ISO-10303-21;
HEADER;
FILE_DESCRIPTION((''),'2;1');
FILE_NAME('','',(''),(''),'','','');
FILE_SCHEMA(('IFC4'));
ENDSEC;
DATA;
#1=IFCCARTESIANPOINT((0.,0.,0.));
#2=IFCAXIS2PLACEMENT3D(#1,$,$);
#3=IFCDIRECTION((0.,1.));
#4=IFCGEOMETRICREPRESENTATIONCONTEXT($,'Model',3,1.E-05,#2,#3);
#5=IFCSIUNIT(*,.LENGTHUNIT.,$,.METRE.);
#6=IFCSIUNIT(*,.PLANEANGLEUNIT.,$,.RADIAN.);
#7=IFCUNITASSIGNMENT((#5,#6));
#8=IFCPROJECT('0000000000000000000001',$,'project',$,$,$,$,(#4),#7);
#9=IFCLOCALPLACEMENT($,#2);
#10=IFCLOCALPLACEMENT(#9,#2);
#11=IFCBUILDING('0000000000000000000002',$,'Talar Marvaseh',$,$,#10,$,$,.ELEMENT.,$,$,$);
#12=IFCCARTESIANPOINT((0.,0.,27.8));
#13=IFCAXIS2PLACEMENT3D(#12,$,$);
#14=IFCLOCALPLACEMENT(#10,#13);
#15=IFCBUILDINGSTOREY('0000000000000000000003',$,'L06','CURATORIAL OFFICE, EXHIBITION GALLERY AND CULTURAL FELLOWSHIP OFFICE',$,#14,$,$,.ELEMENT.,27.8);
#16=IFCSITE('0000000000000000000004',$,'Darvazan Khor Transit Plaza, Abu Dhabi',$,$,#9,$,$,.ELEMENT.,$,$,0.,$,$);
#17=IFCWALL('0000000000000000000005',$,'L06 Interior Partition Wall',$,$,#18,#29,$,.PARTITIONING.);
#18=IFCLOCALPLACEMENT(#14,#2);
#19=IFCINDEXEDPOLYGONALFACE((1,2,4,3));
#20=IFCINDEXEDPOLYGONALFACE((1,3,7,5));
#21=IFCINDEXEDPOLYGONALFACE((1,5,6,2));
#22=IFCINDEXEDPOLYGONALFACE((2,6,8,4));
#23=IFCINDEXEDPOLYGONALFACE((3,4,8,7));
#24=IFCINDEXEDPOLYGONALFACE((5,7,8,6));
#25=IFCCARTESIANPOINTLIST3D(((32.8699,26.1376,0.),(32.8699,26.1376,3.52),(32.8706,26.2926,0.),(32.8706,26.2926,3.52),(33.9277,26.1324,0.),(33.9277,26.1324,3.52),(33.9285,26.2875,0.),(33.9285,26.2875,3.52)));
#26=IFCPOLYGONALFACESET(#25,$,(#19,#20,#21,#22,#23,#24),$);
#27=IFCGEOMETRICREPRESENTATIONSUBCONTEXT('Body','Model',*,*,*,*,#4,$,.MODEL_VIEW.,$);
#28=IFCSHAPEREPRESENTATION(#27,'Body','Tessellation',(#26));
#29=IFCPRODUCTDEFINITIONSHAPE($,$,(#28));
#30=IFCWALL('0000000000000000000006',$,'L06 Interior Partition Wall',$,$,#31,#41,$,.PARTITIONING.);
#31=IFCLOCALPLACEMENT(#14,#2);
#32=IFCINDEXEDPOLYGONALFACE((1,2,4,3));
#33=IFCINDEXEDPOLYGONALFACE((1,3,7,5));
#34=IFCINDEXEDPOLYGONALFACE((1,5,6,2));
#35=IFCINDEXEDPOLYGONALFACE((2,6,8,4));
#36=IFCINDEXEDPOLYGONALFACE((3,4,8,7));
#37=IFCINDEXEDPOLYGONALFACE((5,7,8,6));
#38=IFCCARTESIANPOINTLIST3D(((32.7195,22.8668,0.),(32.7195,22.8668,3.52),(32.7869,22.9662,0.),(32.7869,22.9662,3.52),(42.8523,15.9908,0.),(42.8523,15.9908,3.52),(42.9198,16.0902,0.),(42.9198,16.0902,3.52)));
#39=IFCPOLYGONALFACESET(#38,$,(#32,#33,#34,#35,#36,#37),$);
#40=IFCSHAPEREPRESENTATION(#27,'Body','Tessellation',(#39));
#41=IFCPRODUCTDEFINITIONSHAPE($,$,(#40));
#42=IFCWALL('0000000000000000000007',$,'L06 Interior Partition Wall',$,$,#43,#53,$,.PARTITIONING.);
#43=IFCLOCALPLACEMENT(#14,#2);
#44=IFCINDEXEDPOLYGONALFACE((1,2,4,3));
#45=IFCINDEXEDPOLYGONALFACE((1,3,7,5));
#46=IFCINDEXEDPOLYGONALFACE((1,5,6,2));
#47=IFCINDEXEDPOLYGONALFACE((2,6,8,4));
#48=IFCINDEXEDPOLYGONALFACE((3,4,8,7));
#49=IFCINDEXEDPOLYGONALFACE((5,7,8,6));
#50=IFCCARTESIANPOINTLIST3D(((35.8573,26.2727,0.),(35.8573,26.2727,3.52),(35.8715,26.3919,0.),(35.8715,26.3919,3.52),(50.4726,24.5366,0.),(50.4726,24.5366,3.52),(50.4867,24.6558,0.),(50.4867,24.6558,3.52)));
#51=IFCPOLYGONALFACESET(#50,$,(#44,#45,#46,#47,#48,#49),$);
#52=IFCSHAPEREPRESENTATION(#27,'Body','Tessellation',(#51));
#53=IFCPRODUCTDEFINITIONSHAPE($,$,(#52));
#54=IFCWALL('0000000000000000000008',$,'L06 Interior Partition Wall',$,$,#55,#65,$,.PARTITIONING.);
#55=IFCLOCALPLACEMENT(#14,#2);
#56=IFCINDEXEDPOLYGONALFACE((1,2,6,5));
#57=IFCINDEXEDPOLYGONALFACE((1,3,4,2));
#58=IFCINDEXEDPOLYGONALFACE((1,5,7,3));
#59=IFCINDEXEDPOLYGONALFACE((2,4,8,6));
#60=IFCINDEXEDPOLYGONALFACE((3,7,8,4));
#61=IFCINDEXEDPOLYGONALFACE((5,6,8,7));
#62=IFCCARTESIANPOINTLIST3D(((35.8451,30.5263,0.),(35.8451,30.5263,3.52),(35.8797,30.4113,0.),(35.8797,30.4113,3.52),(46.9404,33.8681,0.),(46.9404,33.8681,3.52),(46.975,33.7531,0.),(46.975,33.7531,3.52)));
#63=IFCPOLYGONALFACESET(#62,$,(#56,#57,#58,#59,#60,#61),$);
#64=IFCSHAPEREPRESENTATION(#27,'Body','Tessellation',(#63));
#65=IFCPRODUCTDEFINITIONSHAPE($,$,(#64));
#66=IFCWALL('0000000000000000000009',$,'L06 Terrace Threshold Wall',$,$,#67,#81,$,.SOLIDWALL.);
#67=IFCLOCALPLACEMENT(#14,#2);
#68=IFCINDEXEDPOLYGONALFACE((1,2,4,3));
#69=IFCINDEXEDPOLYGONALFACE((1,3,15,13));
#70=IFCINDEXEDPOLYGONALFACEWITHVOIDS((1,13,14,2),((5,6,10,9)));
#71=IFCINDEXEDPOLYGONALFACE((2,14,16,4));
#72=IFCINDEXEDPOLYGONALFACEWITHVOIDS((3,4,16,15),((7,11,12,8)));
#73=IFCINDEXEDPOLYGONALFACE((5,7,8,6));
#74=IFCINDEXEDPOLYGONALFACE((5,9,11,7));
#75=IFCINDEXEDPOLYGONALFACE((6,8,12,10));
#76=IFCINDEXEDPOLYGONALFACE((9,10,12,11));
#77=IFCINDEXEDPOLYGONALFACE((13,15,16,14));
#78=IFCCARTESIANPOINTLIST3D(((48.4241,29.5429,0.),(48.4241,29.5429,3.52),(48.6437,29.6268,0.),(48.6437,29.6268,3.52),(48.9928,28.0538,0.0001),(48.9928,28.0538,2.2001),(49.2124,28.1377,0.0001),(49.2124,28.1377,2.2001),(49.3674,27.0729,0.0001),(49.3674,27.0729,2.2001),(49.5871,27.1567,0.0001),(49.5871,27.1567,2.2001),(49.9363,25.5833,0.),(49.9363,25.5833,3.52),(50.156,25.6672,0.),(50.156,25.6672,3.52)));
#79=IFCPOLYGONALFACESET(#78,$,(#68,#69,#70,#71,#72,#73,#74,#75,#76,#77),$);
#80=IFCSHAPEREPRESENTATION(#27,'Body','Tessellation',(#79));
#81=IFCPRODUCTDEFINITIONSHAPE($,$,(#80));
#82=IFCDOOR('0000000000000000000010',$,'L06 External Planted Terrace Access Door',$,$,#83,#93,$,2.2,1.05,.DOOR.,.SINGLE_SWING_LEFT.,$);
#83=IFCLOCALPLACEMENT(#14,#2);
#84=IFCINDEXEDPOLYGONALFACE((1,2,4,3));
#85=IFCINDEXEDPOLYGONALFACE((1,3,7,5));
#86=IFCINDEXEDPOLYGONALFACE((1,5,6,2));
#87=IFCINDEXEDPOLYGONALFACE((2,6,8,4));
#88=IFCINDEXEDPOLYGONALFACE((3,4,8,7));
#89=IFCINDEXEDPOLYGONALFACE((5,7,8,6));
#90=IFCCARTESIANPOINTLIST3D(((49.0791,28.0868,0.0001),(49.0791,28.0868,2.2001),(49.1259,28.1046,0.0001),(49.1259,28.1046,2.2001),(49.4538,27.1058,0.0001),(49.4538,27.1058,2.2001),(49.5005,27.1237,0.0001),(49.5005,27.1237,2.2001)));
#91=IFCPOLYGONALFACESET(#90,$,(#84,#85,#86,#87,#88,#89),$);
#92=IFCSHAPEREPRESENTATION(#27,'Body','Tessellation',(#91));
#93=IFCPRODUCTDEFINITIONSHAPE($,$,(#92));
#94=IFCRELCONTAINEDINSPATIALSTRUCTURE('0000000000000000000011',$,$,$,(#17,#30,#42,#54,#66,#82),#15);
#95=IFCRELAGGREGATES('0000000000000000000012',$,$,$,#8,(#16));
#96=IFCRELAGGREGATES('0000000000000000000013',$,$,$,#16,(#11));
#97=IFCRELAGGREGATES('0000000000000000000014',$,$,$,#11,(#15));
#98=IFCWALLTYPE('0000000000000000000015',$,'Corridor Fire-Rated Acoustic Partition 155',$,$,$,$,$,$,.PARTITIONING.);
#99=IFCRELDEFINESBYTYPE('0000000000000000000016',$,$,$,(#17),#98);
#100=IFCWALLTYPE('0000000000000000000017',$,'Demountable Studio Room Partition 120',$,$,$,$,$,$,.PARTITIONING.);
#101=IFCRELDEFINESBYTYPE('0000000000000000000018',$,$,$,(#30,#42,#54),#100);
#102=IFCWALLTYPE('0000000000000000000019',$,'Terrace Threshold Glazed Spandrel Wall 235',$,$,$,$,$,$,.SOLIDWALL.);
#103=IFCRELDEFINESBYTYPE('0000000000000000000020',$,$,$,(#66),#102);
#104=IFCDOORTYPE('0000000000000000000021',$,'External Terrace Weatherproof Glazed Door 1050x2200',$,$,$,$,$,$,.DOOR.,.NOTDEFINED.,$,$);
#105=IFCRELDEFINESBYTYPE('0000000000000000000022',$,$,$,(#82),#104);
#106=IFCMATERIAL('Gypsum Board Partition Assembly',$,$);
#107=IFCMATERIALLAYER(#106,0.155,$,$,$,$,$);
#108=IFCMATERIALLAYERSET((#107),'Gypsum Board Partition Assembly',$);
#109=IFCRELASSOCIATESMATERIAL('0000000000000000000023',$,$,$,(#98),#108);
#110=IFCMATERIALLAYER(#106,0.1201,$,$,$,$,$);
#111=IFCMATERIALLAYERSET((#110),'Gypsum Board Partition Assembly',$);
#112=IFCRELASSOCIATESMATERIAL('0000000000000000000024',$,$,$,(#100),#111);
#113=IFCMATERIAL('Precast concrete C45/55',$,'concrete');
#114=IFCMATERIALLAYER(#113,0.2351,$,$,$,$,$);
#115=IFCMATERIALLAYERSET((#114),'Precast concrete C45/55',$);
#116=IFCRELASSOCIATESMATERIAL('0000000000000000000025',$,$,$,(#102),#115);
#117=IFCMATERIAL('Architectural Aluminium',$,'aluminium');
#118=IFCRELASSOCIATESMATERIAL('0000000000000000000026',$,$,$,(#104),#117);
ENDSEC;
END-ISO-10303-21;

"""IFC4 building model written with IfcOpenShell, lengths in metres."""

from ifc_helpers import new_model, si_unit, direction, frame, frame_2d, origin, place, context, subcontext, project, spatial, rectangle, extrude, source, transform, mapped, material, layer, layer_set, type_object, type_shapes, element, fill, save


model = new_model("IFC4")

# Units and contexts
model_context = context("Model", 3, precision=1e-05, world=origin(), true_north=direction((0.0, 1.0)))
body_context = subcontext(model_context, "Body", "Model", "MODEL_VIEW")
ifc_project = project(units=[si_unit("LENGTHUNIT", "METRE"), si_unit("PLANEANGLEUNIT", "RADIAN")], contexts=[model_context])

# Site, building, storey
site_placement = place(None, origin())
site = spatial("IfcSite", under=ifc_project, at=site_placement, Name="Darvazan Khor Transit Plaza, Abu Dhabi", CompositionType="ELEMENT", RefElevation=0.0)
building_placement = place(site_placement, origin())
building = spatial("IfcBuilding", under=site, at=building_placement, Name="Talar Marvaseh", CompositionType="ELEMENT")
storey_placement = place(building_placement, frame((0.0, 0.0, 27.8)))
storey = spatial("IfcBuildingStorey", under=building, at=storey_placement, Name="L06", Description="CURATORIAL OFFICE, EXHIBITION GALLERY AND CULTURAL FELLOWSHIP OFFICE", CompositionType="ELEMENT", Elevation=27.8)

# Shared definitions
ifc_material_1 = material(Name="Architectural Aluminium", Category="aluminium")

# Shared definitions
ifc_material_2 = material(Name="Precast concrete C45/55", Category="concrete")

# Shared definitions
ifc_material_3 = material(Name="Gypsum Board Partition Assembly")
ifc_layer_1 = layer(ifc_material_3, 0.155)
ifc_layer_set_1 = layer_set([ifc_layer_1], Name="Gypsum Board Partition Assembly")
wall_type_1 = type_object("IfcWallType", Name="Corridor Fire-Rated Acoustic Partition 155", PredefinedType="PARTITIONING", material=ifc_layer_set_1)

# Walls
wall_1_placement = place(storey_placement, frame((33.928, 26.21, 0.0), z_axis=(0.0, 0.0, 1.0), x_axis=(-0.999988, 0.004846, 0.0)))
element("IfcWall", 1, at=wall_1_placement, inside=storey, type_object=wall_type_1, Name="L06 Interior Partition Wall", PredefinedType="PARTITIONING", context=body_context, shape_type="SweptSolid", body=[
    extrude(rectangle(XDim=1.0579, YDim=0.155, at=frame_2d((0.5288, 0.0))), origin(), (0.0, 0.0, 1.0), 3.52),
])
ifc_layer_2 = layer(ifc_material_3, 0.1201)
ifc_layer_set_2 = layer_set([ifc_layer_2], Name="Gypsum Board Partition Assembly")
wall_type_2 = type_object("IfcWallType", Name="Demountable Studio Room Partition 120", PredefinedType="PARTITIONING", material=ifc_layer_set_2)
wall_2_placement = place(storey_placement, frame((32.7532, 22.9165, 0.0), z_axis=(0.0, 0.0, 1.0), x_axis=(0.82747, -0.561509, 0.0)))
element("IfcWall", 2, at=wall_2_placement, inside=storey, type_object=wall_type_2, Name="L06 Interior Partition Wall", PredefinedType="PARTITIONING", context=body_context, shape_type="SweptSolid", body=[
    extrude(rectangle(XDim=12.2456, YDim=0.1201, at=frame_2d((6.1228, 0.0))), origin(), (0.0, 0.0, 1.0), 3.52),
])
wall_3_placement = place(storey_placement, frame((35.8645, 26.3323, 0.0), z_axis=(0.0, 0.0, 1.0), x_axis=(0.993019, -0.117957, 0.0)))
element("IfcWall", 3, at=wall_3_placement, inside=storey, type_object=wall_type_2, Name="L06 Interior Partition Wall", PredefinedType="PARTITIONING", context=body_context, shape_type="SweptSolid", body=[
    extrude(rectangle(XDim=14.718, YDim=0.1201, at=frame_2d((7.3589, 0.0))), origin(), (0.0, 0.0, 1.0), 3.52),
])
wall_4_placement = place(storey_placement, frame((35.8623, 30.4688, 0.0), z_axis=(0.0, 0.0, 1.0), x_axis=(0.957511, 0.288395, 0.0)))
element("IfcWall", 4, at=wall_4_placement, inside=storey, type_object=wall_type_2, Name="L06 Interior Partition Wall", PredefinedType="PARTITIONING", context=body_context, shape_type="SweptSolid", body=[
    extrude(rectangle(XDim=11.5876, YDim=0.1201, at=frame_2d((5.7939, 0.0))), origin(), (0.0, 0.0, 1.0), 3.52),
])

# Wall, opening, door
ifc_layer_3 = layer(ifc_material_2, 0.2351)
ifc_layer_set_3 = layer_set([ifc_layer_3], Name="Precast concrete C45/55")
wall_type_3 = type_object("IfcWallType", Name="Terrace Threshold Glazed Spandrel Wall 235", PredefinedType="SOLIDWALL", material=ifc_layer_set_3)
wall_5_placement = place(storey_placement, frame((48.5339, 29.5847, 0.0), z_axis=(0.0, 0.0, 1.0), x_axis=(0.356786, -0.934186, 0.0)))
wall_5 = element("IfcWall", 5, at=wall_5_placement, inside=storey, type_object=wall_type_3, Name="L06 Terrace Threshold Wall", PredefinedType="SOLIDWALL", context=body_context, shape_type="SweptSolid", body=[
    extrude(rectangle(XDim=4.2385, YDim=0.2351, at=frame_2d((2.1191, 0.0))), origin(), (0.0, 0.0, 1.0), 3.52),
])
opening_1_placement = place(wall_5_placement, frame((1.594, 0.0, 0.0)))
opening_1 = element("IfcOpeningElement", 6, at=opening_1_placement, cuts=wall_5, PredefinedType="OPENING", context=body_context, shape_type="SweptSolid", body=[
    extrude(rectangle(XDim=1.05, YDim=2.2, at=frame_2d((0.5249, 1.1001))), frame((0.0, 0.1274, 0.0), z_axis=(0.0, -1.0, 0.0), x_axis=(1.0, 0.0, 0.0)), (0.0, 0.0, 1.0), 0.2551),
])
door_type_1 = type_object("IfcDoorType", Name="External Terrace Weatherproof Glazed Door 1050x2200", OperationType="NOTDEFINED", PredefinedType="DOOR", material=ifc_material_1)
shared_shape_1 = source(origin(), body_context, "Body", "SweptSolid", [
    extrude(rectangle(XDim=1.05, YDim=2.2, at=frame_2d((0.5249, 1.1001))), frame((0.0, 0.0249, 0.0), z_axis=(0.0, -1.0, 0.0), x_axis=(1.0, 0.0, 0.0)), (0.0, 0.0, 1.0), 0.05),
])
type_shapes(door_type_1, [shared_shape_1])
door_1_placement = place(opening_1_placement, origin())
door_1 = element("IfcDoor", 7, at=door_1_placement, inside=storey, type_object=door_type_1, Name="L06 External Planted Terrace Access Door", OperationType="SINGLE_SWING_LEFT", OverallHeight=2.2, OverallWidth=1.05, PredefinedType="DOOR", context=body_context, shape_type="MappedRepresentation", body=[
    mapped(shared_shape_1, transform((0.0, 0.0, 0.0), x_axis=(1.0, 0.0, 0.0), y_axis=(0.0, 1.0, 0.0), z_axis=(0.0, 0.0, 1.0), scale=1.0)),
])
fill(opening_1, door_1)

save(model, "model.ifc")
